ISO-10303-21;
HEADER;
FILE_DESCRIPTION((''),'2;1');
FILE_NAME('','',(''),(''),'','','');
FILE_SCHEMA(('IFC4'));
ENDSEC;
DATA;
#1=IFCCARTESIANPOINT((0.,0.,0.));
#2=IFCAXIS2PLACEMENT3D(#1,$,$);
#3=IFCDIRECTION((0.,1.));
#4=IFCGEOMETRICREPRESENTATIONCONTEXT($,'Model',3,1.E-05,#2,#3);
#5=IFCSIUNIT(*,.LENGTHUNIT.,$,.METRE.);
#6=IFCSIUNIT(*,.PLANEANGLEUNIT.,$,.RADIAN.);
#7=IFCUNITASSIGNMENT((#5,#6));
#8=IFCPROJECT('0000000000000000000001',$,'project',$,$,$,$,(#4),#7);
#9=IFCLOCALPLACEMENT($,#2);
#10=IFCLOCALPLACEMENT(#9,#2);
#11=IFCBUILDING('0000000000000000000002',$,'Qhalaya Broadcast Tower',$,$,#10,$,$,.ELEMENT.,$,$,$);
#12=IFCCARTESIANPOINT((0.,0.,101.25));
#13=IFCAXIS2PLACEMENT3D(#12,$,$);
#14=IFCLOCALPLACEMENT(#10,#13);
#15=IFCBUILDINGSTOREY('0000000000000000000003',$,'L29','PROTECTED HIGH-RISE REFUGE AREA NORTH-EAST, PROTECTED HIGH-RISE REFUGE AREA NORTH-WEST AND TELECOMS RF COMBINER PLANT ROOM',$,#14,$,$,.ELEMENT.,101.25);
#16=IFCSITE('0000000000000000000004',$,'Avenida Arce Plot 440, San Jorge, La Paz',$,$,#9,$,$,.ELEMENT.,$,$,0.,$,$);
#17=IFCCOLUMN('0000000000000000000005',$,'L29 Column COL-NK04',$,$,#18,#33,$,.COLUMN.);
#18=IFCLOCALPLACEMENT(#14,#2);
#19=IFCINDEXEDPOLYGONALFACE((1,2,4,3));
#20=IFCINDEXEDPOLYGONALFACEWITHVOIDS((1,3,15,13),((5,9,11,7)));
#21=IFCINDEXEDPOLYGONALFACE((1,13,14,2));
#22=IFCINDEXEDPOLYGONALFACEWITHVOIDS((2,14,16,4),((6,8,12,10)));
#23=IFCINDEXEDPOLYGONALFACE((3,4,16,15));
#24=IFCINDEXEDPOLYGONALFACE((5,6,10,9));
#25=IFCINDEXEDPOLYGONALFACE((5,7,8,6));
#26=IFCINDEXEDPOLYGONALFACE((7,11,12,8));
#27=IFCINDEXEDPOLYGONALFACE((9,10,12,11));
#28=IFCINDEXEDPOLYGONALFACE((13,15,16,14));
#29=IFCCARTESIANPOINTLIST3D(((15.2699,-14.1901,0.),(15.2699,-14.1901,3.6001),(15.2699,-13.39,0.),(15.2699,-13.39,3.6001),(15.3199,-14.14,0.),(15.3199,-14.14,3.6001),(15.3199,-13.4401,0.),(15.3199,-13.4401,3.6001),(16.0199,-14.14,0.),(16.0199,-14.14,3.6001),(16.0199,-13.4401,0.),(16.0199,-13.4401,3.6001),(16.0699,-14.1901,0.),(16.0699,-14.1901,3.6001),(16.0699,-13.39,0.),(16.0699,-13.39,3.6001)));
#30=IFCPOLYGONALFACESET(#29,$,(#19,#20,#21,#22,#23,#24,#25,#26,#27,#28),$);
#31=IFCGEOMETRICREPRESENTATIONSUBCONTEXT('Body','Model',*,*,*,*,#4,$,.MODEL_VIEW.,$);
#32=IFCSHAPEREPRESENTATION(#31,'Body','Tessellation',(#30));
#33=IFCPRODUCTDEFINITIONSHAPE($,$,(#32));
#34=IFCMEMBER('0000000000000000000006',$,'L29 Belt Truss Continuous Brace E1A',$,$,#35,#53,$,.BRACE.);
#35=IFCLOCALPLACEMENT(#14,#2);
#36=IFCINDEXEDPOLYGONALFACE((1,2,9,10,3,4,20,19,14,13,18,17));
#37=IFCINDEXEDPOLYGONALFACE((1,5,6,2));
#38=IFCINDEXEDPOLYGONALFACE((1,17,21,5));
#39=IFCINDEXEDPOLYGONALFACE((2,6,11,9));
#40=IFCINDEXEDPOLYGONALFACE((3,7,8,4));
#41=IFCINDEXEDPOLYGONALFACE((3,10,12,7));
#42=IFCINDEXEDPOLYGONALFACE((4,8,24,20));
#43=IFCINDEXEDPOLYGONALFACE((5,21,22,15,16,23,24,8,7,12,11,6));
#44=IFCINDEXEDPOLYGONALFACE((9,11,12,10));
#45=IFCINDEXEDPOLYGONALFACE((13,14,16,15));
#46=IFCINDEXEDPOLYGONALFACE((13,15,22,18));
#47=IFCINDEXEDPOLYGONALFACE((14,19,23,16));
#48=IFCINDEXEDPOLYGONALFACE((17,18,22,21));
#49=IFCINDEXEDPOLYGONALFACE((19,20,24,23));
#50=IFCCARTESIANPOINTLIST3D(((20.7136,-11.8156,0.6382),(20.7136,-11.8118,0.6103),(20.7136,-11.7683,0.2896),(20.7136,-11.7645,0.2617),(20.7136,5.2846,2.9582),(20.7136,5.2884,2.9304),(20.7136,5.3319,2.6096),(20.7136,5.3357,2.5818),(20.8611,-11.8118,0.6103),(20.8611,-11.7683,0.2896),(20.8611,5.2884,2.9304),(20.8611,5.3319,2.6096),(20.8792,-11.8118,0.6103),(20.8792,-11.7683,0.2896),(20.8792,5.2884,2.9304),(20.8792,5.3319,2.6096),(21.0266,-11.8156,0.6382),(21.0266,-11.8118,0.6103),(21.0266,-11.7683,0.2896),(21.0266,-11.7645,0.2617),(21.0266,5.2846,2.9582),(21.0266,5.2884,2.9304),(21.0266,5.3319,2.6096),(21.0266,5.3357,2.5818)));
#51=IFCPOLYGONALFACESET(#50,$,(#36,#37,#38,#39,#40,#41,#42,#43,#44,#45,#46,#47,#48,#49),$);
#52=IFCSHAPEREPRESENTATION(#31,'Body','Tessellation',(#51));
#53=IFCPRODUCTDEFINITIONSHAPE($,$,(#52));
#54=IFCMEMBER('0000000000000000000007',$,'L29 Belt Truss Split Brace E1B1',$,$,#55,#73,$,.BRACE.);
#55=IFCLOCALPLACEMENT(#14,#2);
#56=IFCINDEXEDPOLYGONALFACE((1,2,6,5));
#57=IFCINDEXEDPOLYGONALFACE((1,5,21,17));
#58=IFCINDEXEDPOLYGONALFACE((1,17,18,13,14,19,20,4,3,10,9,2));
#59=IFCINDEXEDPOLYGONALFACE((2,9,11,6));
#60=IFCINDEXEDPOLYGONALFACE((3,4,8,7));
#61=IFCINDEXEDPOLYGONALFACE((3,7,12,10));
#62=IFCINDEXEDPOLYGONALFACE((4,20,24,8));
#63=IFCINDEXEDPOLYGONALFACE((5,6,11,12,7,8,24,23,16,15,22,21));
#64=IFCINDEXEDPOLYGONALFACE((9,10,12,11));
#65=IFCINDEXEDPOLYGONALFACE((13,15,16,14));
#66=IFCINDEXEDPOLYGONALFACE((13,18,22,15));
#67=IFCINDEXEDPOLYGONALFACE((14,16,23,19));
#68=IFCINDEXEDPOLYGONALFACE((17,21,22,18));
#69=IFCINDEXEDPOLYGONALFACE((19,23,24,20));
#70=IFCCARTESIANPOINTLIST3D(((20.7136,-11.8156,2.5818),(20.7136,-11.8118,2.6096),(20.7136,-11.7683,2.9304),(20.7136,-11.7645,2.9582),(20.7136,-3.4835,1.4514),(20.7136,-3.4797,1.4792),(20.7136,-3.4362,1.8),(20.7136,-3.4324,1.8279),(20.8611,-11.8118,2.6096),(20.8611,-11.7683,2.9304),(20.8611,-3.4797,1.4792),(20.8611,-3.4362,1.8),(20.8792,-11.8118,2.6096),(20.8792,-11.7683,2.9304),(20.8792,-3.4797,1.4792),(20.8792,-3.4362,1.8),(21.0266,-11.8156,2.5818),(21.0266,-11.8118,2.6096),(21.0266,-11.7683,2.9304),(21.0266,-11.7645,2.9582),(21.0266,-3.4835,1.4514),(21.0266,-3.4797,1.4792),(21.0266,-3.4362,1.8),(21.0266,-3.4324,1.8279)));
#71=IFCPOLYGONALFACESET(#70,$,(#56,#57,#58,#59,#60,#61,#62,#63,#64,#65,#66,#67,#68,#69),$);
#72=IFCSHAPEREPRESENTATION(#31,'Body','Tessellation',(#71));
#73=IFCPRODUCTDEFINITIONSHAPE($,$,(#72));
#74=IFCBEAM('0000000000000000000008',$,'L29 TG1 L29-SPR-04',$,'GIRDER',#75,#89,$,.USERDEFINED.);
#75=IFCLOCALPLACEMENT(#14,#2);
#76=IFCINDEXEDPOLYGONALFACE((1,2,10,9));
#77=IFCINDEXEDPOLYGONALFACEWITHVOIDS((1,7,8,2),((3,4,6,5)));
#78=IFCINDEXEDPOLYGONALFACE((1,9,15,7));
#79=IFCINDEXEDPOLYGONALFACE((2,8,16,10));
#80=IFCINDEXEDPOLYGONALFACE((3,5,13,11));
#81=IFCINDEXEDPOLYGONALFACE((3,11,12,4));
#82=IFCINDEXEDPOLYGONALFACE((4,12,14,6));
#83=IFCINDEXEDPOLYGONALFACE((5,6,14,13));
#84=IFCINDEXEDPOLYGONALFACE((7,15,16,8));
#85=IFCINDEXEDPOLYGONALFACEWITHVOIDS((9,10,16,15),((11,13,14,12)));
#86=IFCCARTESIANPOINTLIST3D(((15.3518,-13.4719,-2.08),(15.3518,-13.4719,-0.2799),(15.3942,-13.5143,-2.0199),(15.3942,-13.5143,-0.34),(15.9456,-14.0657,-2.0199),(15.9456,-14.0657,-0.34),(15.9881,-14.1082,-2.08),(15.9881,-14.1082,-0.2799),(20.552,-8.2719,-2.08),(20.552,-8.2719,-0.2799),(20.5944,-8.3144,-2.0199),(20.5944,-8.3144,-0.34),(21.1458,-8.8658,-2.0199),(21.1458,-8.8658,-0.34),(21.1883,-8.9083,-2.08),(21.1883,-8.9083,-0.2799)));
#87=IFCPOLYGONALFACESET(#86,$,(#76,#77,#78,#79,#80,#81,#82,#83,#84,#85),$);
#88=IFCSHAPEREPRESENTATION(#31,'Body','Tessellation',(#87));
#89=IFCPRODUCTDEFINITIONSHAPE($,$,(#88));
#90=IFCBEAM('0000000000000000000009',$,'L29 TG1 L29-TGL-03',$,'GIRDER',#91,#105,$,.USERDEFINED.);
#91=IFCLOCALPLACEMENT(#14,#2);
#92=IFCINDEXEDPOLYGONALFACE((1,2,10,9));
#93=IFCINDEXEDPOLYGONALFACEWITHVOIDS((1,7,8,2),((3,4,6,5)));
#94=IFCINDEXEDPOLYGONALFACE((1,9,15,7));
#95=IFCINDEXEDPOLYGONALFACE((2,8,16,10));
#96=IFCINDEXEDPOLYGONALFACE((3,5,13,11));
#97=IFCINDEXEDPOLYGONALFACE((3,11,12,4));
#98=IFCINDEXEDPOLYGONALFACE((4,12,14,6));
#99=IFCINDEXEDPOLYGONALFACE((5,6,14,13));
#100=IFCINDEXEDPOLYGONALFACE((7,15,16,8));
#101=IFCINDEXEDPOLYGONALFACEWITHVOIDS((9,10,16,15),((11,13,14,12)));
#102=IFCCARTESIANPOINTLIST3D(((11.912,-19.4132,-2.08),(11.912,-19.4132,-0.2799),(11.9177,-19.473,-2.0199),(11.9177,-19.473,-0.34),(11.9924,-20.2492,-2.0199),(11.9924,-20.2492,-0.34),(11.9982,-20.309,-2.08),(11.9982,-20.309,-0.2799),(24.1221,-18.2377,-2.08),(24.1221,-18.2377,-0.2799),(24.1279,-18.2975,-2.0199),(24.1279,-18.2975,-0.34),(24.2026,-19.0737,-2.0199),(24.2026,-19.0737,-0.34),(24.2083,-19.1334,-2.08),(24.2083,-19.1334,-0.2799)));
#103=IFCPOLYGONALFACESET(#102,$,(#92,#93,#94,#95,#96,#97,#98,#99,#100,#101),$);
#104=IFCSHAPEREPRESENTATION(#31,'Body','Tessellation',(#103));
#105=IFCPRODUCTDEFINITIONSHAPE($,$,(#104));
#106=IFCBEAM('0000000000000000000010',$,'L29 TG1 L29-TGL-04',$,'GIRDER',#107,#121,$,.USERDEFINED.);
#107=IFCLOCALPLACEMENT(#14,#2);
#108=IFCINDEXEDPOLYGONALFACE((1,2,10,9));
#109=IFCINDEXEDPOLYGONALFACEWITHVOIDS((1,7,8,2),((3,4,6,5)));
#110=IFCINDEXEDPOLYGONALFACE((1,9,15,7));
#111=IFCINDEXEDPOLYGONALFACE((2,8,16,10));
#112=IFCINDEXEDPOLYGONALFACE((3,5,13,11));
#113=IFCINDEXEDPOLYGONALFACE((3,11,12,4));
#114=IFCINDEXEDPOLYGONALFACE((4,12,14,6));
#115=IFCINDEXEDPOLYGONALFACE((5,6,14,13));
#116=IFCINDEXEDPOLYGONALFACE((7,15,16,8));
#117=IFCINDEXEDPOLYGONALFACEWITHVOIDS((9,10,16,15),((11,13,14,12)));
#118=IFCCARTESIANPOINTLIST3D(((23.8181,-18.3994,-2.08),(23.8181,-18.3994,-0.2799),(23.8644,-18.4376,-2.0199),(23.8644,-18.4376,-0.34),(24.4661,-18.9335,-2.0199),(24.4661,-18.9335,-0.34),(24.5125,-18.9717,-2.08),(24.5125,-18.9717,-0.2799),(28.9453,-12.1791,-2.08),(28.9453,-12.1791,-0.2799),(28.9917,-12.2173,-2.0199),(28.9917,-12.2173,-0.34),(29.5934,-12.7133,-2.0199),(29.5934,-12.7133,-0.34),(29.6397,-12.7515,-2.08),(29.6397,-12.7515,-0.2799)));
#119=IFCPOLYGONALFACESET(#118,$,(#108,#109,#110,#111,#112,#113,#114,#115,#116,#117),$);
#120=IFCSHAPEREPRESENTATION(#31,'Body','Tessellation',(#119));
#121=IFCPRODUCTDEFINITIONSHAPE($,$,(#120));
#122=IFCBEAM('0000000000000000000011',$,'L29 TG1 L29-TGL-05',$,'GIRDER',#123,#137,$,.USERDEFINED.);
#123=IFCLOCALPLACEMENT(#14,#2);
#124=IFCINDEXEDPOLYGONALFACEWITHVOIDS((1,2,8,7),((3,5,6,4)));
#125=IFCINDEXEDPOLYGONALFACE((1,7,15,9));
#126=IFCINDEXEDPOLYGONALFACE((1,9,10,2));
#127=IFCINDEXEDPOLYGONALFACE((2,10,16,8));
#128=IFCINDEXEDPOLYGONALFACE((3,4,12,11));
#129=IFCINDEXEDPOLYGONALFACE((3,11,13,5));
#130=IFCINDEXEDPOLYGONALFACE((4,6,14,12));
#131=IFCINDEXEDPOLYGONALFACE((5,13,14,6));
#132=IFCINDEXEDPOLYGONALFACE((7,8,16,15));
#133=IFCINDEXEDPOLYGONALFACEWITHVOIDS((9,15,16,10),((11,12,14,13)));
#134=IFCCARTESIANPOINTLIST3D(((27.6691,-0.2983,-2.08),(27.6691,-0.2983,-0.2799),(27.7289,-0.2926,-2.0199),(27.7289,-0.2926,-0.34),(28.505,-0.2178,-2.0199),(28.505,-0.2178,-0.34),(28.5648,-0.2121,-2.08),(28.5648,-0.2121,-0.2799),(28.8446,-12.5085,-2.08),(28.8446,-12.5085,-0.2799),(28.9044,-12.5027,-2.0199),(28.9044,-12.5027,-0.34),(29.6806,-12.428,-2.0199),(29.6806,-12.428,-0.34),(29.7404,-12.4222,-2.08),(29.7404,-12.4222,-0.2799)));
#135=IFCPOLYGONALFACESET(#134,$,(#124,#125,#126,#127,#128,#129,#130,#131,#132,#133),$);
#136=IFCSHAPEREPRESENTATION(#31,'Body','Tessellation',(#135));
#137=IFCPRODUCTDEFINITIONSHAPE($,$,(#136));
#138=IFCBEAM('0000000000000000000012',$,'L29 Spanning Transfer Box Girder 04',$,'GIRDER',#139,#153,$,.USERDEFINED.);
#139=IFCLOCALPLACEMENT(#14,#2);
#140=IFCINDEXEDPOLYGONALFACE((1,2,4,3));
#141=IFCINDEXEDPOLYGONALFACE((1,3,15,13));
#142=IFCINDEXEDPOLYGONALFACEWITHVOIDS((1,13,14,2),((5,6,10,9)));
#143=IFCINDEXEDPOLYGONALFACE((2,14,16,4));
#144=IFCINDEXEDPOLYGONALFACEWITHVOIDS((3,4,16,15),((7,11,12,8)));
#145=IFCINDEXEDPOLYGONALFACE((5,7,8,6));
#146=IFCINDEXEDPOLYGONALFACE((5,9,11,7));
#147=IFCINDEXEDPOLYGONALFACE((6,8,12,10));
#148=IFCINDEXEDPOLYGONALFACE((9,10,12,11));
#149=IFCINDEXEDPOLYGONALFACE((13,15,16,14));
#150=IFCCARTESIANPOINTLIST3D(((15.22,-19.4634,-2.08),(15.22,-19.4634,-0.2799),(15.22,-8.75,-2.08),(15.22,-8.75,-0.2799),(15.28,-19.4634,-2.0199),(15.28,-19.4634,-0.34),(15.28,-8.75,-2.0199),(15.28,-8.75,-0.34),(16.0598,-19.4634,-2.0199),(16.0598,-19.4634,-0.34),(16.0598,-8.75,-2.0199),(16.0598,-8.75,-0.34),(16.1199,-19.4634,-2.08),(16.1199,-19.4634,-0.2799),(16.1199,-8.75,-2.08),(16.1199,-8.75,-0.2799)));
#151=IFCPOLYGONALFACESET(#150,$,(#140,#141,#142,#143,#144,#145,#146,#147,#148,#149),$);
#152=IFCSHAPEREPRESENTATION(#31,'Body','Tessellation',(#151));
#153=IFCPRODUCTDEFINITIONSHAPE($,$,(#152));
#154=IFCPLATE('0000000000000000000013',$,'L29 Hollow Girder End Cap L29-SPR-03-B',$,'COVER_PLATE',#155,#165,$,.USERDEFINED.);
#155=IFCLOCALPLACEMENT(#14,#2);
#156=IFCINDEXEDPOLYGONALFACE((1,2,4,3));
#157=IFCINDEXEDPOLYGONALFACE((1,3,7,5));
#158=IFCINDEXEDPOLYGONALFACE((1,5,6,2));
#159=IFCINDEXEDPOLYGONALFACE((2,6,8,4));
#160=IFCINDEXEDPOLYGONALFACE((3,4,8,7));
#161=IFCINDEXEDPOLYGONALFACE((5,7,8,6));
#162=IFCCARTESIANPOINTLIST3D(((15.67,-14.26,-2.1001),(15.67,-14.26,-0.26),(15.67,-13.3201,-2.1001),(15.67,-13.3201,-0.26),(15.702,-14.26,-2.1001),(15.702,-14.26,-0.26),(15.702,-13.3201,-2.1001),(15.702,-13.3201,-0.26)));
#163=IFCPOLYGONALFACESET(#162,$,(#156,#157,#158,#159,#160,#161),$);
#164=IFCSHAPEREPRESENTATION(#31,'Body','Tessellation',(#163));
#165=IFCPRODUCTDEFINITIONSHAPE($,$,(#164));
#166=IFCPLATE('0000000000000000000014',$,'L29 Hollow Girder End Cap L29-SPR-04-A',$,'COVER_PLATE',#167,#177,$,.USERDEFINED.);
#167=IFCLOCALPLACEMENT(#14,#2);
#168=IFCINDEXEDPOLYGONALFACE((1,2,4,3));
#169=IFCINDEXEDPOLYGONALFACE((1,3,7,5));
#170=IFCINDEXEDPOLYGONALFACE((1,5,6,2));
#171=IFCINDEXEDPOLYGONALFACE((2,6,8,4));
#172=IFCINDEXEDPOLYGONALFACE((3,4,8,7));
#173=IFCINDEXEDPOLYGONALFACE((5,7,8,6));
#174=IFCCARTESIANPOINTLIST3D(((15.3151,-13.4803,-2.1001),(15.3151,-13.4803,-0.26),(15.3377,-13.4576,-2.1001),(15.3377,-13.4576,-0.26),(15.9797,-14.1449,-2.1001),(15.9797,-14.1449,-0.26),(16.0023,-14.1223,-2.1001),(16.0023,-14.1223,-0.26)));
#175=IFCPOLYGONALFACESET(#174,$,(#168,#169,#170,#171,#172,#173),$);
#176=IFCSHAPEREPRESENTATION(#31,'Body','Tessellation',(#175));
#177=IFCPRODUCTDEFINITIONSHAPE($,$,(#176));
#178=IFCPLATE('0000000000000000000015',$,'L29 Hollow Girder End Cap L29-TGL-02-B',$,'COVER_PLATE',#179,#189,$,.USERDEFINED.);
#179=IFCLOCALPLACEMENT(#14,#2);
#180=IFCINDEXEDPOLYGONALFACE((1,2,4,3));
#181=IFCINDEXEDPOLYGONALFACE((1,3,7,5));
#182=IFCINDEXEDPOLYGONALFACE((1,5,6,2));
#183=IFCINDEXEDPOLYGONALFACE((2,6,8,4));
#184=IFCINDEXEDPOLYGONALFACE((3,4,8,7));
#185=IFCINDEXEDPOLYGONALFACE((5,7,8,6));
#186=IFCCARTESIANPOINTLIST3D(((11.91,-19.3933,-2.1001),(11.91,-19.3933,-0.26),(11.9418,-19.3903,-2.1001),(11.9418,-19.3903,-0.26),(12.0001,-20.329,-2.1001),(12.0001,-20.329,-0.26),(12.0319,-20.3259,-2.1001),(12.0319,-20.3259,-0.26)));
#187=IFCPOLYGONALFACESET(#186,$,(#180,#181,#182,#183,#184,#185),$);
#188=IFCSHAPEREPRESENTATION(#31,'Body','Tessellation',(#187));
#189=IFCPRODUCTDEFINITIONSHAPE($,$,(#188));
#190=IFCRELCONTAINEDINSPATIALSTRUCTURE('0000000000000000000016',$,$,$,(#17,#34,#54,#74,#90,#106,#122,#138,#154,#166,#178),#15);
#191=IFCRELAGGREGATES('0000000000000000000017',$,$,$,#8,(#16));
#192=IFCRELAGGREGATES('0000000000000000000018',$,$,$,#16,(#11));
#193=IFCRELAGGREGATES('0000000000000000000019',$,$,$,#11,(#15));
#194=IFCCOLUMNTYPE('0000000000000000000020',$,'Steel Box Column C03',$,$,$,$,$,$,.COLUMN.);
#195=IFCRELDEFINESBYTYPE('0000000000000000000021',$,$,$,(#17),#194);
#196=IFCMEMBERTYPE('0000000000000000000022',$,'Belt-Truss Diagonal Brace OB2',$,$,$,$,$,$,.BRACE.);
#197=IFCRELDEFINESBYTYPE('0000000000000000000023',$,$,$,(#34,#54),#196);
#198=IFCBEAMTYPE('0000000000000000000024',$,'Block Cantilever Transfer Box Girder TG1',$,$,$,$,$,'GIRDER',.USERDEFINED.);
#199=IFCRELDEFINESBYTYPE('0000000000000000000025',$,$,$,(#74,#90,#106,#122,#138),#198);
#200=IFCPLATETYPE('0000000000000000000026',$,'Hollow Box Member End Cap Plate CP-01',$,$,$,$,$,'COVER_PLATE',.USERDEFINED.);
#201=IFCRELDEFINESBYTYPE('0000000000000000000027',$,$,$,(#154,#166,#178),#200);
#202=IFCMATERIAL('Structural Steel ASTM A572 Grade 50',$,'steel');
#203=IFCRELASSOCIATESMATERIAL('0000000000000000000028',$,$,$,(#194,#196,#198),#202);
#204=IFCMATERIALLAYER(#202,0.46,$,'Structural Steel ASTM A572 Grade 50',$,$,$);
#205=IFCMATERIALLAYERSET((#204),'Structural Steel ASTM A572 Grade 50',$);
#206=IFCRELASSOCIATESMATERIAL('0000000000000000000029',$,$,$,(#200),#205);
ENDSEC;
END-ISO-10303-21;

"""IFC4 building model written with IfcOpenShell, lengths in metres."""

from ifc_helpers import new_model, si_unit, direction, frame, origin, origin_2d, place, context, subcontext, project, spatial, rectangle, hollow_rectangle, i_section, extrude, material, layer, layer_set, material_profile, profile_set, type_object, element, save


model = new_model("IFC4")

# Units and contexts
model_context = context("Model", 3, precision=1e-05, world=origin(), true_north=direction((0.0, 1.0)))
body_context = subcontext(model_context, "Body", "Model", "MODEL_VIEW")
ifc_project = project(units=[si_unit("LENGTHUNIT", "METRE"), si_unit("PLANEANGLEUNIT", "RADIAN")], contexts=[model_context])

# Site, building, storey
site_placement = place(None, origin())
site = spatial("IfcSite", under=ifc_project, at=site_placement, Name="Avenida Arce Plot 440, San Jorge, La Paz", CompositionType="ELEMENT", RefElevation=0.0)
building_placement = place(site_placement, origin())
building = spatial("IfcBuilding", under=site, at=building_placement, Name="Qhalaya Broadcast Tower", CompositionType="ELEMENT")
storey_placement = place(building_placement, frame((0.0, 0.0, 101.25)))
storey = spatial("IfcBuildingStorey", under=building, at=storey_placement, Name="L29", Description="PROTECTED HIGH-RISE REFUGE AREA NORTH-EAST, PROTECTED HIGH-RISE REFUGE AREA NORTH-WEST AND TELECOMS RF COMBINER PLANT ROOM", CompositionType="ELEMENT", Elevation=101.25)

# Column
ifc_material_1 = material(Name="Structural Steel ASTM A572 Grade 50", Category="steel")
ifc_material_profile_1 = material_profile(ifc_material_1, hollow_rectangle(XDim=0.8, YDim=0.8, WallThickness=0.05, at=origin_2d()), Name="BOX 800x800x50")
ifc_profile_set_1 = profile_set([ifc_material_profile_1], Name="Structural Steel ASTM A572 Grade 50")
column_type = type_object("IfcColumnType", Name="Steel Box Column C03", PredefinedType="COLUMN", material=ifc_profile_set_1)
column_placement = place(storey_placement, frame((15.6699, -13.79, 0.0), z_axis=(0.0, 0.0, 1.0), x_axis=(1.0, 0.0, 0.0)))
element("IfcColumn", 1, at=column_placement, inside=storey, type_object=column_type, Name="L29 Column COL-NK04", PredefinedType="COLUMN", context=body_context, shape_type="SweptSolid", body=[
    extrude(hollow_rectangle(XDim=0.8, YDim=0.8, WallThickness=0.05, at=origin_2d()), origin(), (0.0, 0.0, 1.0), 3.6001),
])

# Members
ifc_material_profile_2 = material_profile(ifc_material_1, i_section(OverallWidth=0.313, OverallDepth=0.3799, WebThickness=0.0181, FlangeThickness=0.0281, at=origin_2d()), Name="W12X120")
ifc_profile_set_2 = profile_set([ifc_material_profile_2], Name="Structural Steel ASTM A572 Grade 50")
member_type = type_object("IfcMemberType", Name="Belt-Truss Diagonal Brace OB2", PredefinedType="BRACE", material=ifc_profile_set_2)
member_1_placement = place(storey_placement, frame((20.8701, -11.79, 0.45), z_axis=(0.0, 0.990921, 0.134444), x_axis=(-1.0, 0.0, 0.0)))
element("IfcMember", 2, at=member_1_placement, inside=storey, type_object=member_type, Name="L29 Belt Truss Continuous Brace E1A", PredefinedType="BRACE", context=body_context, shape_type="SweptSolid", body=[
    extrude(i_section(OverallWidth=0.313, OverallDepth=0.3799, WebThickness=0.0181, FlangeThickness=0.0281, at=origin_2d()), origin(), (0.0, 0.0, 1.0), 17.2568),
])
member_2_placement = place(storey_placement, frame((20.8701, -11.79, 2.77), z_axis=(0.0, 0.990923, -0.134434), x_axis=(-1.0, 0.0, 0.0)))
element("IfcMember", 3, at=member_2_placement, inside=storey, type_object=member_type, Name="L29 Belt Truss Split Brace E1B1", PredefinedType="BRACE", context=body_context, shape_type="SweptSolid", body=[
    extrude(i_section(OverallWidth=0.313, OverallDepth=0.3799, WebThickness=0.0181, FlangeThickness=0.0281, at=origin_2d()), origin(), (0.0, 0.0, 1.0), 8.4084),
])

# Beams
ifc_material_profile_3 = material_profile(ifc_material_1, hollow_rectangle(XDim=0.8999, YDim=1.8, WallThickness=0.0601, at=origin_2d()), Name="BOX 900x1800x60")
ifc_profile_set_3 = profile_set([ifc_material_profile_3], Name="Structural Steel ASTM A572 Grade 50")
beam_type = type_object("IfcBeamType", Name="Block Cantilever Transfer Box Girder TG1", ElementType="GIRDER", PredefinedType="USERDEFINED", material=ifc_profile_set_3)
beam_1_placement = place(storey_placement, frame((15.6699, -13.79, -1.1799), z_axis=(0.707123, 0.70709, 0.0), x_axis=(-0.70709, 0.707123, 0.0)))
element("IfcBeam", 4, at=beam_1_placement, inside=storey, type_object=beam_type, Name="L29 TG1 L29-SPR-04", ObjectType="GIRDER", PredefinedType="USERDEFINED", context=body_context, shape_type="SweptSolid", body=[
    extrude(hollow_rectangle(XDim=0.8999, YDim=1.8, WallThickness=0.0601, at=origin_2d()), origin(), (0.0, 0.0, 1.0), 7.354),
])
beam_2_placement = place(storey_placement, frame((11.9551, -19.8611, -1.1799), z_axis=(0.995398, 0.095832, 0.0), x_axis=(-0.095832, 0.995398, 0.0)))
element("IfcBeam", 5, at=beam_2_placement, inside=storey, type_object=beam_type, Name="L29 TG1 L29-TGL-03", ObjectType="GIRDER", PredefinedType="USERDEFINED", context=body_context, shape_type="SweptSolid", body=[
    extrude(hollow_rectangle(XDim=0.8999, YDim=1.8, WallThickness=0.0601, at=origin_2d()), origin(), (0.0, 0.0, 1.0), 12.2666),
])
beam_3_placement = place(storey_placement, frame((24.1653, -18.6855, -1.1799), z_axis=(0.636052, 0.771646, 0.0), x_axis=(-0.771646, 0.636052, 0.0)))
element("IfcBeam", 6, at=beam_3_placement, inside=storey, type_object=beam_type, Name="L29 TG1 L29-TGL-04", ObjectType="GIRDER", PredefinedType="USERDEFINED", context=body_context, shape_type="SweptSolid", body=[
    extrude(hollow_rectangle(XDim=0.8999, YDim=1.8, WallThickness=0.0601, at=origin_2d()), origin(), (0.0, 0.0, 1.0), 8.061),
])
beam_4_placement = place(storey_placement, frame((29.2925, -12.4653, -1.1799), z_axis=(-0.095832, 0.995398, 0.0), x_axis=(-0.995398, -0.095832, 0.0)))
element("IfcBeam", 7, at=beam_4_placement, inside=storey, type_object=beam_type, Name="L29 TG1 L29-TGL-05", ObjectType="GIRDER", PredefinedType="USERDEFINED", context=body_context, shape_type="SweptSolid", body=[
    extrude(hollow_rectangle(XDim=0.8999, YDim=1.8, WallThickness=0.0601, at=origin_2d()), origin(), (0.0, 0.0, 1.0), 12.2666),
])
beam_5_placement = place(storey_placement, frame((15.6699, -19.4634, -1.1799), z_axis=(0.0, 1.0, 0.0), x_axis=(-1.0, 0.0, 0.0)))
element("IfcBeam", 8, at=beam_5_placement, inside=storey, type_object=beam_type, Name="L29 Spanning Transfer Box Girder 04", ObjectType="GIRDER", PredefinedType="USERDEFINED", context=body_context, shape_type="SweptSolid", body=[
    extrude(hollow_rectangle(XDim=0.8999, YDim=1.8, WallThickness=0.0601, at=origin_2d()), origin(), (0.0, 0.0, 1.0), 10.7134),
])

# Plates
ifc_layer_1 = layer(ifc_material_1, 0.46, Name="Structural Steel ASTM A572 Grade 50")
ifc_layer_set_1 = layer_set([ifc_layer_1], Name="Structural Steel ASTM A572 Grade 50")
plate_type_1 = type_object("IfcPlateType", Name="Hollow Box Member End Cap Plate CP-01", ElementType="COVER_PLATE", PredefinedType="USERDEFINED", material=ifc_layer_set_1)
for number, where, z_axis, x_axis, name in (
    (9, (15.686, -13.79, -2.1001), (0.0, 0.0, 1.0), (0.0, 1.0, 0.0), "L29 Hollow Girder End Cap L29-SPR-03-B"),
    (10, (15.6587, -13.8013, -2.1001), (0.0, 0.0, 1.0), (-0.707107, 0.707107, 0.0), "L29 Hollow Girder End Cap L29-SPR-04-A"),
    (11, (11.9709, -19.8596, -2.1001), (0.0, 0.0, 1.0), (-0.095846, 0.995396, 0.0), "L29 Hollow Girder End Cap L29-TGL-02-B"),
):
    element("IfcPlate", number, at=place(storey_placement, frame(where, z_axis=z_axis, x_axis=x_axis)), inside=storey, type_object=plate_type_1, Name=name, ObjectType="COVER_PLATE", PredefinedType="USERDEFINED", context=body_context, shape_type="SweptSolid", body=[
        extrude(rectangle(XDim=0.9399, YDim=0.032, at=origin_2d()), origin(), (0.0, 0.0, 1.0), 1.8401),
    ])

save(model, "model.ifc")
